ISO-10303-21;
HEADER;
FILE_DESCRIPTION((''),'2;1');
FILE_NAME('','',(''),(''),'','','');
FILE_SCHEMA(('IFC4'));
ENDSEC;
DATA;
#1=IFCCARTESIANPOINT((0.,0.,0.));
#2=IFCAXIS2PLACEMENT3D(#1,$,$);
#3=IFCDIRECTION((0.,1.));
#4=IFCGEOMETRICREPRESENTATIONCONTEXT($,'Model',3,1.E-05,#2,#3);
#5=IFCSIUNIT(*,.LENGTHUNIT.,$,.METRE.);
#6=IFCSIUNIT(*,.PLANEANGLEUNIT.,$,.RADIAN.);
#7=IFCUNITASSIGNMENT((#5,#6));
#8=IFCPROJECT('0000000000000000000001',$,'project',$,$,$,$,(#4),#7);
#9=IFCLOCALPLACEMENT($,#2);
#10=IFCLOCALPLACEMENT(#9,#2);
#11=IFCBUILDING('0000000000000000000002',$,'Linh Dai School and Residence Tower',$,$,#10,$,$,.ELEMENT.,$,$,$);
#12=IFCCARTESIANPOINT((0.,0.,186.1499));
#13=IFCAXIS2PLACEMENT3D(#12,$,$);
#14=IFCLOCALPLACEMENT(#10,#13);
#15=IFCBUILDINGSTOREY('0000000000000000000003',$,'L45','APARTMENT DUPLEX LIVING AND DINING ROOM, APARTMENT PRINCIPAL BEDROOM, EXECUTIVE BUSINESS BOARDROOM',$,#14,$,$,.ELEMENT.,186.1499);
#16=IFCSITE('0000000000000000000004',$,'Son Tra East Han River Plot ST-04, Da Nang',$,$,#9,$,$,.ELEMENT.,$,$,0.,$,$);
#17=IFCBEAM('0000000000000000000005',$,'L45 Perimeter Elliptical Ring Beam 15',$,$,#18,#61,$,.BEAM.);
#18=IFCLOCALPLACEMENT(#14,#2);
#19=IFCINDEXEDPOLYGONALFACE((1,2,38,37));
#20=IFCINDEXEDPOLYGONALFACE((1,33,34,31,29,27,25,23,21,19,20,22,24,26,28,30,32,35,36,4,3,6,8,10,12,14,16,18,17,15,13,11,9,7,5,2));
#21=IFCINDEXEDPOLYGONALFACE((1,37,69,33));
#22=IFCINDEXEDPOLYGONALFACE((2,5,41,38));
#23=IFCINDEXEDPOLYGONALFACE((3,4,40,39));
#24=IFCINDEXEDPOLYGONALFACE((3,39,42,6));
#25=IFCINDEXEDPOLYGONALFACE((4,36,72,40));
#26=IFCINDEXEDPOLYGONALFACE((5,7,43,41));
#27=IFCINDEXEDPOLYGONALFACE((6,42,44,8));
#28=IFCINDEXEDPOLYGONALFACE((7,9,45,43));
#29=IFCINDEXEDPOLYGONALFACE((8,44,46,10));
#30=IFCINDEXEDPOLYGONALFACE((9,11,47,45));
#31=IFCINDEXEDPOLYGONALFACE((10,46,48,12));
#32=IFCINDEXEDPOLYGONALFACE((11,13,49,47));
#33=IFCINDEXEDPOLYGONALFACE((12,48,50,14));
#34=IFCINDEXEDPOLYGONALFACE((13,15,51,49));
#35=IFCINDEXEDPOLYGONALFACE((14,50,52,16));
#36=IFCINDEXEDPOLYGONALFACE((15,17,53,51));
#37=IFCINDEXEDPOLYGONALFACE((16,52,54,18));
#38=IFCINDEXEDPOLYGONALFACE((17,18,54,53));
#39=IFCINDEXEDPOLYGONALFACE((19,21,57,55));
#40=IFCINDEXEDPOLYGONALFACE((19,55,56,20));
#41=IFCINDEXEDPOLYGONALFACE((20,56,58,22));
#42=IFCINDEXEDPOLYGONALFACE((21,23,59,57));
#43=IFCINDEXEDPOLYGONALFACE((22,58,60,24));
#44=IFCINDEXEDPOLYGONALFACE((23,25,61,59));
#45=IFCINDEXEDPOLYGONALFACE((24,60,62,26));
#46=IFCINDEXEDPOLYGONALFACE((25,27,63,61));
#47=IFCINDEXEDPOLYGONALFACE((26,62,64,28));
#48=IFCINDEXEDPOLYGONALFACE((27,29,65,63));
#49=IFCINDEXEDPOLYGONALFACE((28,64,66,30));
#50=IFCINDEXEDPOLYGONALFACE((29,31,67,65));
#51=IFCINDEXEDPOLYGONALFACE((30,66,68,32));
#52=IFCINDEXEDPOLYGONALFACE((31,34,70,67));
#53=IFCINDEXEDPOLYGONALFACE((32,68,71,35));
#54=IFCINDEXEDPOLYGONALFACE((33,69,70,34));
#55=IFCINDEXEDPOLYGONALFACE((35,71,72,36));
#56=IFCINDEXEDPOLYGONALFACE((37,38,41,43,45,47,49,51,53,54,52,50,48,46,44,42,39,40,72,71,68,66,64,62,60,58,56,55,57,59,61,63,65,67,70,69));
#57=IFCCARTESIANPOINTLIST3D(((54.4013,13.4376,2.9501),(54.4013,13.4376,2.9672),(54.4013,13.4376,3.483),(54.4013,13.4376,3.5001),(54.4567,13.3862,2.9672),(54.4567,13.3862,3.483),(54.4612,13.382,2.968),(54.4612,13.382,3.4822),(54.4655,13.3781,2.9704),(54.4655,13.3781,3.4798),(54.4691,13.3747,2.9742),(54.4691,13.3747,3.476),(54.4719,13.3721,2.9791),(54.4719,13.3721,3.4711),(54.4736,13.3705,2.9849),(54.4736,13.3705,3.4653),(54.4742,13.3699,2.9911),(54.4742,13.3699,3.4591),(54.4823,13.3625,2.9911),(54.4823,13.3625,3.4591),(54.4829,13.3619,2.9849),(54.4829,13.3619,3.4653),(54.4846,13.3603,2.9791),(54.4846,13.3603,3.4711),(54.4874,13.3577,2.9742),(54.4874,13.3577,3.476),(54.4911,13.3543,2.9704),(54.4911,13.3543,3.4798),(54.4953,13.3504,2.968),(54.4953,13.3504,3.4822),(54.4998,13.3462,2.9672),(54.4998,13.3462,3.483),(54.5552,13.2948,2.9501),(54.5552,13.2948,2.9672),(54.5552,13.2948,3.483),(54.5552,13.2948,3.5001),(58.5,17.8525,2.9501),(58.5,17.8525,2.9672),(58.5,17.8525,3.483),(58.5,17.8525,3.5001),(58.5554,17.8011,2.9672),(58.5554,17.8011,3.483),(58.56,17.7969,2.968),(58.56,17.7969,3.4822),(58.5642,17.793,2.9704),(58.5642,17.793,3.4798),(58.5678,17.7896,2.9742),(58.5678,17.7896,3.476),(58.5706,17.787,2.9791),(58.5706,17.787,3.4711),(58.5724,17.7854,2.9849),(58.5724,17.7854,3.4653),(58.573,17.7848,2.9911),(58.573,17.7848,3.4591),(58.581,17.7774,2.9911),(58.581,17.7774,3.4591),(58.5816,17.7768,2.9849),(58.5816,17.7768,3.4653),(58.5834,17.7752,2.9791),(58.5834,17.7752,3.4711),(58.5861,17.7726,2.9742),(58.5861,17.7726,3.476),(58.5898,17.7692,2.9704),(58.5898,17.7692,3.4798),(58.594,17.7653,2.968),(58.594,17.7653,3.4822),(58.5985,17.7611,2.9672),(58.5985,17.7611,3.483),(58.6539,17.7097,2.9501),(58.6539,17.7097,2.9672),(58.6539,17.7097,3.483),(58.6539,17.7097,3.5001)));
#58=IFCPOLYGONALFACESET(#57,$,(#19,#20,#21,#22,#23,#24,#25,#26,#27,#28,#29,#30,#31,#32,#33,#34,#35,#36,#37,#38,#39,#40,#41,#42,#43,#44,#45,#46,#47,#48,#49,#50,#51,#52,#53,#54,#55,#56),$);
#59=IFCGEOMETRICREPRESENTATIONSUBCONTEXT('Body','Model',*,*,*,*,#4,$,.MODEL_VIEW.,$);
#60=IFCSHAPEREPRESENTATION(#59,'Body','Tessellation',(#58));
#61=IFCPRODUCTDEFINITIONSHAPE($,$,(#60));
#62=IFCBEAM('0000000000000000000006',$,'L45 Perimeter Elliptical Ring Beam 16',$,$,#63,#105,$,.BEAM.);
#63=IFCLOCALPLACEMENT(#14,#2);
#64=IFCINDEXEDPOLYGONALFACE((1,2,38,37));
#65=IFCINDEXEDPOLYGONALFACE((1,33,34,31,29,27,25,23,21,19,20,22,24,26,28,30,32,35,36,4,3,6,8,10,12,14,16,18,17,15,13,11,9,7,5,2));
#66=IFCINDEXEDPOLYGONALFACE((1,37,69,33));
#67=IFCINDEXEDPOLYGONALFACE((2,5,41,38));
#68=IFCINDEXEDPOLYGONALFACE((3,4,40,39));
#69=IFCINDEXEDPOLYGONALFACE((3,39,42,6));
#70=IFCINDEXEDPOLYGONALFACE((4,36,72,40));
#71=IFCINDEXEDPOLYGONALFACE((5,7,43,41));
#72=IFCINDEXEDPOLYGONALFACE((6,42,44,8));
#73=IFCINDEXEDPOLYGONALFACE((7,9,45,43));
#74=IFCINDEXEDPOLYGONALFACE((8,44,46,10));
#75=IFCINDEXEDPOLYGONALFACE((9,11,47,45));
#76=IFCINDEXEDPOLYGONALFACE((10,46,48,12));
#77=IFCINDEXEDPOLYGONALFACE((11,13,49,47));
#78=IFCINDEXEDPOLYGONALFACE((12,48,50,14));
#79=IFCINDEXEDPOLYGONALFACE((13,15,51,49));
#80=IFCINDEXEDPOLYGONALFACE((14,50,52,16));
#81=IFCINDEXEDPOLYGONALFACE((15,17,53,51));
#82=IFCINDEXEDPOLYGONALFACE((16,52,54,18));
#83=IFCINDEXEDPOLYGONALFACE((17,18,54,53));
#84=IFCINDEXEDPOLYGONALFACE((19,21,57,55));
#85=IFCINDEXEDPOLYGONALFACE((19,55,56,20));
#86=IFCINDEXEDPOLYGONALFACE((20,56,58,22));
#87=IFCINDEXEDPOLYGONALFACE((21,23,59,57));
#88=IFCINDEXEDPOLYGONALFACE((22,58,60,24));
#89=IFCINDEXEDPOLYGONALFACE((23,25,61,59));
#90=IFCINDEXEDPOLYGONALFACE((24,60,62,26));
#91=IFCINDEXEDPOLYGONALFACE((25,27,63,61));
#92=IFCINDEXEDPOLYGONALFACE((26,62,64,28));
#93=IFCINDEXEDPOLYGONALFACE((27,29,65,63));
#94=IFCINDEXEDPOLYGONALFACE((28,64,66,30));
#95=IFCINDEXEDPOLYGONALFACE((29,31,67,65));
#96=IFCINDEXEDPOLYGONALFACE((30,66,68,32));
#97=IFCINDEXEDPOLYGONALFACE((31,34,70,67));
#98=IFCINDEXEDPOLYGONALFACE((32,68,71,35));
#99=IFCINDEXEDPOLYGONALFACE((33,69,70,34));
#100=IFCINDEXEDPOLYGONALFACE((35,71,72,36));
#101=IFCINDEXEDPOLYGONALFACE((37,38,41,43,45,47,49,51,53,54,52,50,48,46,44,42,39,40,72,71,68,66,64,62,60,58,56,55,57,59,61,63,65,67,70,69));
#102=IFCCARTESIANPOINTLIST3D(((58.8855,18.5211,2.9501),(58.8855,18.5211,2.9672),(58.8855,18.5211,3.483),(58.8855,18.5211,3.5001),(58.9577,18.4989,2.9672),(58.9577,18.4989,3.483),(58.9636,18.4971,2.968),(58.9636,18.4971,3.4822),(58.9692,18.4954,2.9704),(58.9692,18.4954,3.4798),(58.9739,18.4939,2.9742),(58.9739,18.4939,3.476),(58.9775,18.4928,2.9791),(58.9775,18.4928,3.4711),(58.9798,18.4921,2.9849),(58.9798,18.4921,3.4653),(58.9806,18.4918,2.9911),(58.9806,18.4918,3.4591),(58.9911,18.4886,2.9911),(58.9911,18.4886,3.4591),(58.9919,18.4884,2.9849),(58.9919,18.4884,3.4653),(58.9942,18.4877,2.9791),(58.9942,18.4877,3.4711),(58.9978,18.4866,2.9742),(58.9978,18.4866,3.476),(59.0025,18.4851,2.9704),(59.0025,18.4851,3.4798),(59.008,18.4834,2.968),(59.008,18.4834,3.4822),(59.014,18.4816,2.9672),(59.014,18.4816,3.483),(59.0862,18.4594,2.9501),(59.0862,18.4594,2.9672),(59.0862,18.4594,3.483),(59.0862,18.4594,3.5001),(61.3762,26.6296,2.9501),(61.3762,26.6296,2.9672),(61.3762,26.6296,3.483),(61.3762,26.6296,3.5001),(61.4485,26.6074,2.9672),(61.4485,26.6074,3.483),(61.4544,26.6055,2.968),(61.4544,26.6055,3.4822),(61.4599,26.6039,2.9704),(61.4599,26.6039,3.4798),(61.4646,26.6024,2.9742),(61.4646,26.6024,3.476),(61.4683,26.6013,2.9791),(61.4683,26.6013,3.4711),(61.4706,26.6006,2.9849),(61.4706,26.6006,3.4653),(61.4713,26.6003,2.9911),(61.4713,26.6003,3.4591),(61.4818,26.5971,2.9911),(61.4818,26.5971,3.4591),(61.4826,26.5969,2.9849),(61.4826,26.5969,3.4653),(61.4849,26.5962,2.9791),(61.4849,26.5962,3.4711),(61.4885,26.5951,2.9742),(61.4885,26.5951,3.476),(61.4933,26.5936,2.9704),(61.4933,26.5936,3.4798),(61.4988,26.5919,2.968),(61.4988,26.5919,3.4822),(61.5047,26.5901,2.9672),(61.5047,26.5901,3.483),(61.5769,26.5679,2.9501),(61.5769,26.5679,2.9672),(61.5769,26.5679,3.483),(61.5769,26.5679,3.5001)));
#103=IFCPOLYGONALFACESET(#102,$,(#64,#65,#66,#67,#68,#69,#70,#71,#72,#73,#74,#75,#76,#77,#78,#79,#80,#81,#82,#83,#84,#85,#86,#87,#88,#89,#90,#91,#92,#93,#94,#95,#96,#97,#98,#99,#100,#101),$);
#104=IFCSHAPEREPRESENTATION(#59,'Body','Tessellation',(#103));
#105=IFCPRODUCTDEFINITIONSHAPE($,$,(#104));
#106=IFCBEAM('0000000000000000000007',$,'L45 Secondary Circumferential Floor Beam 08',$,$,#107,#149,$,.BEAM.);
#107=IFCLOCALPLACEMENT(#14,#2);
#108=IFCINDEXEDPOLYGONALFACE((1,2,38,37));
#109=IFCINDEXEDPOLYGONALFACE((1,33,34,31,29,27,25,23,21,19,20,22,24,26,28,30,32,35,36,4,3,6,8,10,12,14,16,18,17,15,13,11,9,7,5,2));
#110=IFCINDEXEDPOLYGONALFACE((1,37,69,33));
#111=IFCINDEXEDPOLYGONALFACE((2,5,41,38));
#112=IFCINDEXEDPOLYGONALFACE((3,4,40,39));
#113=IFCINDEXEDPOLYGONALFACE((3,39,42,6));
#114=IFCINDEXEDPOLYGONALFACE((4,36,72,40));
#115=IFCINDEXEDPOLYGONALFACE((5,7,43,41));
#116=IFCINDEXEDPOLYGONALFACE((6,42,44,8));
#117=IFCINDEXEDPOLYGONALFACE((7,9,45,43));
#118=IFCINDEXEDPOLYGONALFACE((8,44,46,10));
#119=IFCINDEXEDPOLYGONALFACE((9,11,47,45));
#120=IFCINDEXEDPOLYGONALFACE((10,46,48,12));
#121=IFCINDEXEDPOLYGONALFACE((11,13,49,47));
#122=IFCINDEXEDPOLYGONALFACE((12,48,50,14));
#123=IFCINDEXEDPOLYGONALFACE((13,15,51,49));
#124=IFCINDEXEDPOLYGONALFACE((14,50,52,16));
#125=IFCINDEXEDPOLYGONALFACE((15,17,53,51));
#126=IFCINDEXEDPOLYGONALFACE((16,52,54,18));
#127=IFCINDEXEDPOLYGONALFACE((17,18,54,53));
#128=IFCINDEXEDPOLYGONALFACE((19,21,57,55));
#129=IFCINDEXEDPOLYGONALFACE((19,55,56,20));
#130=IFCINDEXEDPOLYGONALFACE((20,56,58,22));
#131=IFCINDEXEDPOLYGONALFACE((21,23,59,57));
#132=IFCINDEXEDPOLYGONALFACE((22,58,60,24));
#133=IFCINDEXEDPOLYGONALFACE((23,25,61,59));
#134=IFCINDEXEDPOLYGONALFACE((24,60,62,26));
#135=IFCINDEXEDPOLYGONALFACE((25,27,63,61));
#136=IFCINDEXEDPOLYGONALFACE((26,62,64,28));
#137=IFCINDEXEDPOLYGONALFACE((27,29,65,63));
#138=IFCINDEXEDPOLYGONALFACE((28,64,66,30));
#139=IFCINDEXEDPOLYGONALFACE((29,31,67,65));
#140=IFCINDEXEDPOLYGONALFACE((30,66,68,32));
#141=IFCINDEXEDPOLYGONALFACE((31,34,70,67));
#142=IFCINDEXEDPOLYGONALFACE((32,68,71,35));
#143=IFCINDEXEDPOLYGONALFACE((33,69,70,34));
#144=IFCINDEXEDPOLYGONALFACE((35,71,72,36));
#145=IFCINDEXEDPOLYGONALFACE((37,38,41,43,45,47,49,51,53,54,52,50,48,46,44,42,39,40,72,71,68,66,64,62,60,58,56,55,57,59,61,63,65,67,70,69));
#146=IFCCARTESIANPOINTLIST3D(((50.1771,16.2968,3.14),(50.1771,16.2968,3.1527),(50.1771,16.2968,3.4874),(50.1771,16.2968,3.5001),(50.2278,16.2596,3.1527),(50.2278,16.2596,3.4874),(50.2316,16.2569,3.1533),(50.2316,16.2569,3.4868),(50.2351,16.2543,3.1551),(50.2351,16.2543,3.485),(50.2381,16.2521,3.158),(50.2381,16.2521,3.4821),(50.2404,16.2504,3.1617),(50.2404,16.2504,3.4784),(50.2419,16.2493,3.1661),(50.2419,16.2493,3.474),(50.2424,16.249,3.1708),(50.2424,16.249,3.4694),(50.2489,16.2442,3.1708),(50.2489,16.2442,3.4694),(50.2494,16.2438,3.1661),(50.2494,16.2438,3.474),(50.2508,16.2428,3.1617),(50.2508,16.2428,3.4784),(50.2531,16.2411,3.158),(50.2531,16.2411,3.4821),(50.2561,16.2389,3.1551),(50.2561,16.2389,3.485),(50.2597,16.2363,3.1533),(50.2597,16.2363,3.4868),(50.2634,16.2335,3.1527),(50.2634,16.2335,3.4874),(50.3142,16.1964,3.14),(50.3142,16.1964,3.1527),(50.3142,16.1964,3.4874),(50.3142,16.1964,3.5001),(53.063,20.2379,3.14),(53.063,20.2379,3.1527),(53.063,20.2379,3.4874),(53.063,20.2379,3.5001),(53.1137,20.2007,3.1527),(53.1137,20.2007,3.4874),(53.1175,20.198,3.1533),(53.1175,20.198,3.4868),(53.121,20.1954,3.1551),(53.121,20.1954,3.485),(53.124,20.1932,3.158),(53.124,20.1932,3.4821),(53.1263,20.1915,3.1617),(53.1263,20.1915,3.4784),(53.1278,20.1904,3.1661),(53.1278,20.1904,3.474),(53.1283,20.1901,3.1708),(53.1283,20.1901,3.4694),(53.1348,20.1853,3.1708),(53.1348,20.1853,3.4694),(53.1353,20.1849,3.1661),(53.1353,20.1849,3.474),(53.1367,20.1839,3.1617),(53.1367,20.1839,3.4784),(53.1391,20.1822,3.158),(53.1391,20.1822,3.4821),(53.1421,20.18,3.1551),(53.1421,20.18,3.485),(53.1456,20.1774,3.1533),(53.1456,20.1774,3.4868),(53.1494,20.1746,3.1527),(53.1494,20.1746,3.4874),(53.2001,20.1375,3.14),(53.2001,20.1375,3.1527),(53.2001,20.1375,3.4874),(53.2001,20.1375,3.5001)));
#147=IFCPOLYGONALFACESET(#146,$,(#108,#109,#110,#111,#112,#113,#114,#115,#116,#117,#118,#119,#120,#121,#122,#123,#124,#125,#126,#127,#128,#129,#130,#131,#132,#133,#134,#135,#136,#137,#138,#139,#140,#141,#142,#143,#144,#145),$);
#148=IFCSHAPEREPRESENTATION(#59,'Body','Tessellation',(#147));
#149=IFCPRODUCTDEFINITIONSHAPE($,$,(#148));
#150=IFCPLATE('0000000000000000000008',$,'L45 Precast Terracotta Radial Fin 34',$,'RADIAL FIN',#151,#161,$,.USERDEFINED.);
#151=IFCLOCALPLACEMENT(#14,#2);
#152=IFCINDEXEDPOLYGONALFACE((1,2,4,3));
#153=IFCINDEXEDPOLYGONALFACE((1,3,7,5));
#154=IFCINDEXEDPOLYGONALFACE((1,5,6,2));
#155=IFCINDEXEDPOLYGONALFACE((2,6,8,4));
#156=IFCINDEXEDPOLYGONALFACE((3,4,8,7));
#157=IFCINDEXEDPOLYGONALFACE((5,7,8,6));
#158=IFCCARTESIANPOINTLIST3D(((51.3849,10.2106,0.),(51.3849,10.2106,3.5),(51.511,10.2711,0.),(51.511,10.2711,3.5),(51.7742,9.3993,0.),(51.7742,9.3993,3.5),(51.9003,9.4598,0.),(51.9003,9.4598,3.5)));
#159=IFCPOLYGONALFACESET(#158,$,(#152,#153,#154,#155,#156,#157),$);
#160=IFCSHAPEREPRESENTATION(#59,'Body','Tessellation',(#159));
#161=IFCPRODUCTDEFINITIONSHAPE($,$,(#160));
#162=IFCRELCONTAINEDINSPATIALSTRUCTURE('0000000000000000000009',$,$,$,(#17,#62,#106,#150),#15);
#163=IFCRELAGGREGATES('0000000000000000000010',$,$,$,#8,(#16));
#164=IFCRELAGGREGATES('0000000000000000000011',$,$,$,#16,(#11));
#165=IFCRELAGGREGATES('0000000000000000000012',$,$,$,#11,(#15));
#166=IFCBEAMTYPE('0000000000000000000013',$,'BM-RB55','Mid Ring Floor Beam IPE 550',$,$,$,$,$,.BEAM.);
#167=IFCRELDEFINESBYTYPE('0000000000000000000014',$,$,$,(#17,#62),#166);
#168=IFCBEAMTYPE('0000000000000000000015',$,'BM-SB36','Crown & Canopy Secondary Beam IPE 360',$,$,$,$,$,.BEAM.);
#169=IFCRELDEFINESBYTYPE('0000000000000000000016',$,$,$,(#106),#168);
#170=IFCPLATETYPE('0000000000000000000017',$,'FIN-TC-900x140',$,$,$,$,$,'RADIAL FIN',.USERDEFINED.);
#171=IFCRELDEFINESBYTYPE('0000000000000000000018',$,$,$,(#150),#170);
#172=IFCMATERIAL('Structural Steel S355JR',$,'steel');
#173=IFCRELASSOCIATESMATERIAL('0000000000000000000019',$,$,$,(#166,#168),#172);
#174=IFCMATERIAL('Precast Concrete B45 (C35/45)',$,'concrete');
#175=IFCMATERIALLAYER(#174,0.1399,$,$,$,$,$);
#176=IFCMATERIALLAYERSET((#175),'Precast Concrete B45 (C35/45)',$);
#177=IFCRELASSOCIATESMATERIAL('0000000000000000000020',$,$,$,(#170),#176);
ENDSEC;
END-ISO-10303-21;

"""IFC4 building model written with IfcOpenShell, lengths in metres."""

from ifc_helpers import new_model, si_unit, direction, frame, origin, origin_2d, place, context, subcontext, project, spatial, rectangle, i_section, extrude, source, transform, mapped, material, layer, layer_set, material_profile, profile_set, type_object, element, save


model = new_model("IFC4")

# Units and contexts
model_context = context("Model", 3, precision=1e-05, world=origin(), true_north=direction((0.0, 1.0)))
body_context = subcontext(model_context, "Body", "Model", "MODEL_VIEW")
ifc_project = project(units=[si_unit("LENGTHUNIT", "METRE"), si_unit("PLANEANGLEUNIT", "RADIAN")], contexts=[model_context])

# Site, building, storey
site_placement = place(None, origin())
site = spatial("IfcSite", under=ifc_project, at=site_placement, Name="Son Tra East Han River Plot ST-04, Da Nang", CompositionType="ELEMENT", RefElevation=0.0)
building_placement = place(site_placement, origin())
building = spatial("IfcBuilding", under=site, at=building_placement, Name="Linh Dai School and Residence Tower", CompositionType="ELEMENT")
storey_placement = place(building_placement, frame((0.0, 0.0, 186.1499)))
storey = spatial("IfcBuildingStorey", under=building, at=storey_placement, Name="L45", Description="APARTMENT DUPLEX LIVING AND DINING ROOM, APARTMENT PRINCIPAL BEDROOM, EXECUTIVE BUSINESS BOARDROOM", CompositionType="ELEMENT", Elevation=186.1499)

# Shared definitions
ifc_material_1 = material(Name="Structural Steel S355JR", Category="steel")

# Beams
ifc_material_profile_1 = material_profile(ifc_material_1, i_section(OverallWidth=0.21, OverallDepth=0.55, WebThickness=0.011, FlangeThickness=0.0171, FilletRadius=0.0239, at=origin_2d()), Name="IPE 550")
ifc_profile_set_1 = profile_set([ifc_material_profile_1], Name="Structural Steel S355JR")
beam_type_1 = type_object("IfcBeamType", Name="BM-RB55", Description="Mid Ring Floor Beam IPE 550", PredefinedType="BEAM", material=ifc_profile_set_1)
beam_1_placement = place(storey_placement, frame((54.4783, 13.3662, 3.2251), z_axis=(0.680378, 0.732861, 0.0), x_axis=(-0.732861, 0.680378, 0.0)))
element("IfcBeam", 1, at=beam_1_placement, inside=storey, type_object=beam_type_1, Name="L45 Perimeter Elliptical Ring Beam 15", PredefinedType="BEAM", context=body_context, shape_type="SweptSolid", body=[
    extrude(i_section(OverallWidth=0.21, OverallDepth=0.55, WebThickness=0.011, FlangeThickness=0.0171, FilletRadius=0.0239, at=origin_2d()), origin(), (0.0, 0.0, 1.0), 6.0242),
])
beam_2_placement = place(storey_placement, frame((58.9858, 18.4902, 3.2251), z_axis=(0.293637, 0.955917, 0.0), x_axis=(-0.955917, 0.293637, 0.0)))
element("IfcBeam", 2, at=beam_2_placement, inside=storey, type_object=beam_type_1, Name="L45 Perimeter Elliptical Ring Beam 16", PredefinedType="BEAM", context=body_context, shape_type="SweptSolid", body=[
    extrude(i_section(OverallWidth=0.21, OverallDepth=0.55, WebThickness=0.011, FlangeThickness=0.0171, FilletRadius=0.0239, at=origin_2d()), origin(), (0.0, 0.0, 1.0), 8.4824),
])
ifc_material_profile_2 = material_profile(ifc_material_1, i_section(OverallWidth=0.1699, OverallDepth=0.3601, WebThickness=0.0081, FlangeThickness=0.0127, FilletRadius=0.0181, at=origin_2d()), Name="IPE 360")
ifc_profile_set_2 = profile_set([ifc_material_profile_2], Name="Structural Steel S355JR")
beam_type_2 = type_object("IfcBeamType", Name="BM-SB36", Description="Crown & Canopy Secondary Beam IPE 360", PredefinedType="BEAM", material=ifc_profile_set_2)
beam_3_placement = place(storey_placement, frame((50.2456, 16.2466, 3.3201), z_axis=(0.590805, 0.806815, 0.0), x_axis=(-0.806815, 0.590805, 0.0)))
element("IfcBeam", 3, at=beam_3_placement, inside=storey, type_object=beam_type_2, Name="L45 Secondary Circumferential Floor Beam 08", PredefinedType="BEAM", context=body_context, shape_type="SweptSolid", body=[
    extrude(i_section(OverallWidth=0.1699, OverallDepth=0.3601, WebThickness=0.0081, FlangeThickness=0.0127, FilletRadius=0.0181, at=origin_2d()), origin(), (0.0, 0.0, 1.0), 4.8848),
])

# Plate
ifc_material_2 = material(Name="Precast Concrete B45 (C35/45)", Category="concrete")
ifc_layer_1 = layer(ifc_material_2, 0.1399)
ifc_layer_set_1 = layer_set([ifc_layer_1], Name="Precast Concrete B45 (C35/45)")
plate_type = type_object("IfcPlateType", Name="FIN-TC-900x140", ElementType="RADIAL FIN", PredefinedType="USERDEFINED", material=ifc_layer_set_1)
shared_shape_1 = source(origin(), body_context, "Body", "SweptSolid", [
    extrude(rectangle(XDim=0.8999, YDim=0.1399, at=origin_2d()), origin(), (0.0, 0.0, 1.0), 3.5),
])
plate_placement = place(storey_placement, frame((51.6426, 9.8352, 0.0), z_axis=(0.0, 0.0, 1.0), x_axis=(0.432635, -0.901569, 0.0)))
element("IfcPlate", 4, at=plate_placement, inside=storey, type_object=plate_type, Name="L45 Precast Terracotta Radial Fin 34", ObjectType="RADIAL FIN", PredefinedType="USERDEFINED", context=body_context, shape_type="MappedRepresentation", body=[
    mapped(shared_shape_1, transform((0.0, 0.0, 0.0), x_axis=(1.0, 0.0, 0.0), y_axis=(0.0, 1.0, 0.0), z_axis=(0.0, 0.0, 1.0), scale=1.0)),
])

save(model, "model.ifc")
